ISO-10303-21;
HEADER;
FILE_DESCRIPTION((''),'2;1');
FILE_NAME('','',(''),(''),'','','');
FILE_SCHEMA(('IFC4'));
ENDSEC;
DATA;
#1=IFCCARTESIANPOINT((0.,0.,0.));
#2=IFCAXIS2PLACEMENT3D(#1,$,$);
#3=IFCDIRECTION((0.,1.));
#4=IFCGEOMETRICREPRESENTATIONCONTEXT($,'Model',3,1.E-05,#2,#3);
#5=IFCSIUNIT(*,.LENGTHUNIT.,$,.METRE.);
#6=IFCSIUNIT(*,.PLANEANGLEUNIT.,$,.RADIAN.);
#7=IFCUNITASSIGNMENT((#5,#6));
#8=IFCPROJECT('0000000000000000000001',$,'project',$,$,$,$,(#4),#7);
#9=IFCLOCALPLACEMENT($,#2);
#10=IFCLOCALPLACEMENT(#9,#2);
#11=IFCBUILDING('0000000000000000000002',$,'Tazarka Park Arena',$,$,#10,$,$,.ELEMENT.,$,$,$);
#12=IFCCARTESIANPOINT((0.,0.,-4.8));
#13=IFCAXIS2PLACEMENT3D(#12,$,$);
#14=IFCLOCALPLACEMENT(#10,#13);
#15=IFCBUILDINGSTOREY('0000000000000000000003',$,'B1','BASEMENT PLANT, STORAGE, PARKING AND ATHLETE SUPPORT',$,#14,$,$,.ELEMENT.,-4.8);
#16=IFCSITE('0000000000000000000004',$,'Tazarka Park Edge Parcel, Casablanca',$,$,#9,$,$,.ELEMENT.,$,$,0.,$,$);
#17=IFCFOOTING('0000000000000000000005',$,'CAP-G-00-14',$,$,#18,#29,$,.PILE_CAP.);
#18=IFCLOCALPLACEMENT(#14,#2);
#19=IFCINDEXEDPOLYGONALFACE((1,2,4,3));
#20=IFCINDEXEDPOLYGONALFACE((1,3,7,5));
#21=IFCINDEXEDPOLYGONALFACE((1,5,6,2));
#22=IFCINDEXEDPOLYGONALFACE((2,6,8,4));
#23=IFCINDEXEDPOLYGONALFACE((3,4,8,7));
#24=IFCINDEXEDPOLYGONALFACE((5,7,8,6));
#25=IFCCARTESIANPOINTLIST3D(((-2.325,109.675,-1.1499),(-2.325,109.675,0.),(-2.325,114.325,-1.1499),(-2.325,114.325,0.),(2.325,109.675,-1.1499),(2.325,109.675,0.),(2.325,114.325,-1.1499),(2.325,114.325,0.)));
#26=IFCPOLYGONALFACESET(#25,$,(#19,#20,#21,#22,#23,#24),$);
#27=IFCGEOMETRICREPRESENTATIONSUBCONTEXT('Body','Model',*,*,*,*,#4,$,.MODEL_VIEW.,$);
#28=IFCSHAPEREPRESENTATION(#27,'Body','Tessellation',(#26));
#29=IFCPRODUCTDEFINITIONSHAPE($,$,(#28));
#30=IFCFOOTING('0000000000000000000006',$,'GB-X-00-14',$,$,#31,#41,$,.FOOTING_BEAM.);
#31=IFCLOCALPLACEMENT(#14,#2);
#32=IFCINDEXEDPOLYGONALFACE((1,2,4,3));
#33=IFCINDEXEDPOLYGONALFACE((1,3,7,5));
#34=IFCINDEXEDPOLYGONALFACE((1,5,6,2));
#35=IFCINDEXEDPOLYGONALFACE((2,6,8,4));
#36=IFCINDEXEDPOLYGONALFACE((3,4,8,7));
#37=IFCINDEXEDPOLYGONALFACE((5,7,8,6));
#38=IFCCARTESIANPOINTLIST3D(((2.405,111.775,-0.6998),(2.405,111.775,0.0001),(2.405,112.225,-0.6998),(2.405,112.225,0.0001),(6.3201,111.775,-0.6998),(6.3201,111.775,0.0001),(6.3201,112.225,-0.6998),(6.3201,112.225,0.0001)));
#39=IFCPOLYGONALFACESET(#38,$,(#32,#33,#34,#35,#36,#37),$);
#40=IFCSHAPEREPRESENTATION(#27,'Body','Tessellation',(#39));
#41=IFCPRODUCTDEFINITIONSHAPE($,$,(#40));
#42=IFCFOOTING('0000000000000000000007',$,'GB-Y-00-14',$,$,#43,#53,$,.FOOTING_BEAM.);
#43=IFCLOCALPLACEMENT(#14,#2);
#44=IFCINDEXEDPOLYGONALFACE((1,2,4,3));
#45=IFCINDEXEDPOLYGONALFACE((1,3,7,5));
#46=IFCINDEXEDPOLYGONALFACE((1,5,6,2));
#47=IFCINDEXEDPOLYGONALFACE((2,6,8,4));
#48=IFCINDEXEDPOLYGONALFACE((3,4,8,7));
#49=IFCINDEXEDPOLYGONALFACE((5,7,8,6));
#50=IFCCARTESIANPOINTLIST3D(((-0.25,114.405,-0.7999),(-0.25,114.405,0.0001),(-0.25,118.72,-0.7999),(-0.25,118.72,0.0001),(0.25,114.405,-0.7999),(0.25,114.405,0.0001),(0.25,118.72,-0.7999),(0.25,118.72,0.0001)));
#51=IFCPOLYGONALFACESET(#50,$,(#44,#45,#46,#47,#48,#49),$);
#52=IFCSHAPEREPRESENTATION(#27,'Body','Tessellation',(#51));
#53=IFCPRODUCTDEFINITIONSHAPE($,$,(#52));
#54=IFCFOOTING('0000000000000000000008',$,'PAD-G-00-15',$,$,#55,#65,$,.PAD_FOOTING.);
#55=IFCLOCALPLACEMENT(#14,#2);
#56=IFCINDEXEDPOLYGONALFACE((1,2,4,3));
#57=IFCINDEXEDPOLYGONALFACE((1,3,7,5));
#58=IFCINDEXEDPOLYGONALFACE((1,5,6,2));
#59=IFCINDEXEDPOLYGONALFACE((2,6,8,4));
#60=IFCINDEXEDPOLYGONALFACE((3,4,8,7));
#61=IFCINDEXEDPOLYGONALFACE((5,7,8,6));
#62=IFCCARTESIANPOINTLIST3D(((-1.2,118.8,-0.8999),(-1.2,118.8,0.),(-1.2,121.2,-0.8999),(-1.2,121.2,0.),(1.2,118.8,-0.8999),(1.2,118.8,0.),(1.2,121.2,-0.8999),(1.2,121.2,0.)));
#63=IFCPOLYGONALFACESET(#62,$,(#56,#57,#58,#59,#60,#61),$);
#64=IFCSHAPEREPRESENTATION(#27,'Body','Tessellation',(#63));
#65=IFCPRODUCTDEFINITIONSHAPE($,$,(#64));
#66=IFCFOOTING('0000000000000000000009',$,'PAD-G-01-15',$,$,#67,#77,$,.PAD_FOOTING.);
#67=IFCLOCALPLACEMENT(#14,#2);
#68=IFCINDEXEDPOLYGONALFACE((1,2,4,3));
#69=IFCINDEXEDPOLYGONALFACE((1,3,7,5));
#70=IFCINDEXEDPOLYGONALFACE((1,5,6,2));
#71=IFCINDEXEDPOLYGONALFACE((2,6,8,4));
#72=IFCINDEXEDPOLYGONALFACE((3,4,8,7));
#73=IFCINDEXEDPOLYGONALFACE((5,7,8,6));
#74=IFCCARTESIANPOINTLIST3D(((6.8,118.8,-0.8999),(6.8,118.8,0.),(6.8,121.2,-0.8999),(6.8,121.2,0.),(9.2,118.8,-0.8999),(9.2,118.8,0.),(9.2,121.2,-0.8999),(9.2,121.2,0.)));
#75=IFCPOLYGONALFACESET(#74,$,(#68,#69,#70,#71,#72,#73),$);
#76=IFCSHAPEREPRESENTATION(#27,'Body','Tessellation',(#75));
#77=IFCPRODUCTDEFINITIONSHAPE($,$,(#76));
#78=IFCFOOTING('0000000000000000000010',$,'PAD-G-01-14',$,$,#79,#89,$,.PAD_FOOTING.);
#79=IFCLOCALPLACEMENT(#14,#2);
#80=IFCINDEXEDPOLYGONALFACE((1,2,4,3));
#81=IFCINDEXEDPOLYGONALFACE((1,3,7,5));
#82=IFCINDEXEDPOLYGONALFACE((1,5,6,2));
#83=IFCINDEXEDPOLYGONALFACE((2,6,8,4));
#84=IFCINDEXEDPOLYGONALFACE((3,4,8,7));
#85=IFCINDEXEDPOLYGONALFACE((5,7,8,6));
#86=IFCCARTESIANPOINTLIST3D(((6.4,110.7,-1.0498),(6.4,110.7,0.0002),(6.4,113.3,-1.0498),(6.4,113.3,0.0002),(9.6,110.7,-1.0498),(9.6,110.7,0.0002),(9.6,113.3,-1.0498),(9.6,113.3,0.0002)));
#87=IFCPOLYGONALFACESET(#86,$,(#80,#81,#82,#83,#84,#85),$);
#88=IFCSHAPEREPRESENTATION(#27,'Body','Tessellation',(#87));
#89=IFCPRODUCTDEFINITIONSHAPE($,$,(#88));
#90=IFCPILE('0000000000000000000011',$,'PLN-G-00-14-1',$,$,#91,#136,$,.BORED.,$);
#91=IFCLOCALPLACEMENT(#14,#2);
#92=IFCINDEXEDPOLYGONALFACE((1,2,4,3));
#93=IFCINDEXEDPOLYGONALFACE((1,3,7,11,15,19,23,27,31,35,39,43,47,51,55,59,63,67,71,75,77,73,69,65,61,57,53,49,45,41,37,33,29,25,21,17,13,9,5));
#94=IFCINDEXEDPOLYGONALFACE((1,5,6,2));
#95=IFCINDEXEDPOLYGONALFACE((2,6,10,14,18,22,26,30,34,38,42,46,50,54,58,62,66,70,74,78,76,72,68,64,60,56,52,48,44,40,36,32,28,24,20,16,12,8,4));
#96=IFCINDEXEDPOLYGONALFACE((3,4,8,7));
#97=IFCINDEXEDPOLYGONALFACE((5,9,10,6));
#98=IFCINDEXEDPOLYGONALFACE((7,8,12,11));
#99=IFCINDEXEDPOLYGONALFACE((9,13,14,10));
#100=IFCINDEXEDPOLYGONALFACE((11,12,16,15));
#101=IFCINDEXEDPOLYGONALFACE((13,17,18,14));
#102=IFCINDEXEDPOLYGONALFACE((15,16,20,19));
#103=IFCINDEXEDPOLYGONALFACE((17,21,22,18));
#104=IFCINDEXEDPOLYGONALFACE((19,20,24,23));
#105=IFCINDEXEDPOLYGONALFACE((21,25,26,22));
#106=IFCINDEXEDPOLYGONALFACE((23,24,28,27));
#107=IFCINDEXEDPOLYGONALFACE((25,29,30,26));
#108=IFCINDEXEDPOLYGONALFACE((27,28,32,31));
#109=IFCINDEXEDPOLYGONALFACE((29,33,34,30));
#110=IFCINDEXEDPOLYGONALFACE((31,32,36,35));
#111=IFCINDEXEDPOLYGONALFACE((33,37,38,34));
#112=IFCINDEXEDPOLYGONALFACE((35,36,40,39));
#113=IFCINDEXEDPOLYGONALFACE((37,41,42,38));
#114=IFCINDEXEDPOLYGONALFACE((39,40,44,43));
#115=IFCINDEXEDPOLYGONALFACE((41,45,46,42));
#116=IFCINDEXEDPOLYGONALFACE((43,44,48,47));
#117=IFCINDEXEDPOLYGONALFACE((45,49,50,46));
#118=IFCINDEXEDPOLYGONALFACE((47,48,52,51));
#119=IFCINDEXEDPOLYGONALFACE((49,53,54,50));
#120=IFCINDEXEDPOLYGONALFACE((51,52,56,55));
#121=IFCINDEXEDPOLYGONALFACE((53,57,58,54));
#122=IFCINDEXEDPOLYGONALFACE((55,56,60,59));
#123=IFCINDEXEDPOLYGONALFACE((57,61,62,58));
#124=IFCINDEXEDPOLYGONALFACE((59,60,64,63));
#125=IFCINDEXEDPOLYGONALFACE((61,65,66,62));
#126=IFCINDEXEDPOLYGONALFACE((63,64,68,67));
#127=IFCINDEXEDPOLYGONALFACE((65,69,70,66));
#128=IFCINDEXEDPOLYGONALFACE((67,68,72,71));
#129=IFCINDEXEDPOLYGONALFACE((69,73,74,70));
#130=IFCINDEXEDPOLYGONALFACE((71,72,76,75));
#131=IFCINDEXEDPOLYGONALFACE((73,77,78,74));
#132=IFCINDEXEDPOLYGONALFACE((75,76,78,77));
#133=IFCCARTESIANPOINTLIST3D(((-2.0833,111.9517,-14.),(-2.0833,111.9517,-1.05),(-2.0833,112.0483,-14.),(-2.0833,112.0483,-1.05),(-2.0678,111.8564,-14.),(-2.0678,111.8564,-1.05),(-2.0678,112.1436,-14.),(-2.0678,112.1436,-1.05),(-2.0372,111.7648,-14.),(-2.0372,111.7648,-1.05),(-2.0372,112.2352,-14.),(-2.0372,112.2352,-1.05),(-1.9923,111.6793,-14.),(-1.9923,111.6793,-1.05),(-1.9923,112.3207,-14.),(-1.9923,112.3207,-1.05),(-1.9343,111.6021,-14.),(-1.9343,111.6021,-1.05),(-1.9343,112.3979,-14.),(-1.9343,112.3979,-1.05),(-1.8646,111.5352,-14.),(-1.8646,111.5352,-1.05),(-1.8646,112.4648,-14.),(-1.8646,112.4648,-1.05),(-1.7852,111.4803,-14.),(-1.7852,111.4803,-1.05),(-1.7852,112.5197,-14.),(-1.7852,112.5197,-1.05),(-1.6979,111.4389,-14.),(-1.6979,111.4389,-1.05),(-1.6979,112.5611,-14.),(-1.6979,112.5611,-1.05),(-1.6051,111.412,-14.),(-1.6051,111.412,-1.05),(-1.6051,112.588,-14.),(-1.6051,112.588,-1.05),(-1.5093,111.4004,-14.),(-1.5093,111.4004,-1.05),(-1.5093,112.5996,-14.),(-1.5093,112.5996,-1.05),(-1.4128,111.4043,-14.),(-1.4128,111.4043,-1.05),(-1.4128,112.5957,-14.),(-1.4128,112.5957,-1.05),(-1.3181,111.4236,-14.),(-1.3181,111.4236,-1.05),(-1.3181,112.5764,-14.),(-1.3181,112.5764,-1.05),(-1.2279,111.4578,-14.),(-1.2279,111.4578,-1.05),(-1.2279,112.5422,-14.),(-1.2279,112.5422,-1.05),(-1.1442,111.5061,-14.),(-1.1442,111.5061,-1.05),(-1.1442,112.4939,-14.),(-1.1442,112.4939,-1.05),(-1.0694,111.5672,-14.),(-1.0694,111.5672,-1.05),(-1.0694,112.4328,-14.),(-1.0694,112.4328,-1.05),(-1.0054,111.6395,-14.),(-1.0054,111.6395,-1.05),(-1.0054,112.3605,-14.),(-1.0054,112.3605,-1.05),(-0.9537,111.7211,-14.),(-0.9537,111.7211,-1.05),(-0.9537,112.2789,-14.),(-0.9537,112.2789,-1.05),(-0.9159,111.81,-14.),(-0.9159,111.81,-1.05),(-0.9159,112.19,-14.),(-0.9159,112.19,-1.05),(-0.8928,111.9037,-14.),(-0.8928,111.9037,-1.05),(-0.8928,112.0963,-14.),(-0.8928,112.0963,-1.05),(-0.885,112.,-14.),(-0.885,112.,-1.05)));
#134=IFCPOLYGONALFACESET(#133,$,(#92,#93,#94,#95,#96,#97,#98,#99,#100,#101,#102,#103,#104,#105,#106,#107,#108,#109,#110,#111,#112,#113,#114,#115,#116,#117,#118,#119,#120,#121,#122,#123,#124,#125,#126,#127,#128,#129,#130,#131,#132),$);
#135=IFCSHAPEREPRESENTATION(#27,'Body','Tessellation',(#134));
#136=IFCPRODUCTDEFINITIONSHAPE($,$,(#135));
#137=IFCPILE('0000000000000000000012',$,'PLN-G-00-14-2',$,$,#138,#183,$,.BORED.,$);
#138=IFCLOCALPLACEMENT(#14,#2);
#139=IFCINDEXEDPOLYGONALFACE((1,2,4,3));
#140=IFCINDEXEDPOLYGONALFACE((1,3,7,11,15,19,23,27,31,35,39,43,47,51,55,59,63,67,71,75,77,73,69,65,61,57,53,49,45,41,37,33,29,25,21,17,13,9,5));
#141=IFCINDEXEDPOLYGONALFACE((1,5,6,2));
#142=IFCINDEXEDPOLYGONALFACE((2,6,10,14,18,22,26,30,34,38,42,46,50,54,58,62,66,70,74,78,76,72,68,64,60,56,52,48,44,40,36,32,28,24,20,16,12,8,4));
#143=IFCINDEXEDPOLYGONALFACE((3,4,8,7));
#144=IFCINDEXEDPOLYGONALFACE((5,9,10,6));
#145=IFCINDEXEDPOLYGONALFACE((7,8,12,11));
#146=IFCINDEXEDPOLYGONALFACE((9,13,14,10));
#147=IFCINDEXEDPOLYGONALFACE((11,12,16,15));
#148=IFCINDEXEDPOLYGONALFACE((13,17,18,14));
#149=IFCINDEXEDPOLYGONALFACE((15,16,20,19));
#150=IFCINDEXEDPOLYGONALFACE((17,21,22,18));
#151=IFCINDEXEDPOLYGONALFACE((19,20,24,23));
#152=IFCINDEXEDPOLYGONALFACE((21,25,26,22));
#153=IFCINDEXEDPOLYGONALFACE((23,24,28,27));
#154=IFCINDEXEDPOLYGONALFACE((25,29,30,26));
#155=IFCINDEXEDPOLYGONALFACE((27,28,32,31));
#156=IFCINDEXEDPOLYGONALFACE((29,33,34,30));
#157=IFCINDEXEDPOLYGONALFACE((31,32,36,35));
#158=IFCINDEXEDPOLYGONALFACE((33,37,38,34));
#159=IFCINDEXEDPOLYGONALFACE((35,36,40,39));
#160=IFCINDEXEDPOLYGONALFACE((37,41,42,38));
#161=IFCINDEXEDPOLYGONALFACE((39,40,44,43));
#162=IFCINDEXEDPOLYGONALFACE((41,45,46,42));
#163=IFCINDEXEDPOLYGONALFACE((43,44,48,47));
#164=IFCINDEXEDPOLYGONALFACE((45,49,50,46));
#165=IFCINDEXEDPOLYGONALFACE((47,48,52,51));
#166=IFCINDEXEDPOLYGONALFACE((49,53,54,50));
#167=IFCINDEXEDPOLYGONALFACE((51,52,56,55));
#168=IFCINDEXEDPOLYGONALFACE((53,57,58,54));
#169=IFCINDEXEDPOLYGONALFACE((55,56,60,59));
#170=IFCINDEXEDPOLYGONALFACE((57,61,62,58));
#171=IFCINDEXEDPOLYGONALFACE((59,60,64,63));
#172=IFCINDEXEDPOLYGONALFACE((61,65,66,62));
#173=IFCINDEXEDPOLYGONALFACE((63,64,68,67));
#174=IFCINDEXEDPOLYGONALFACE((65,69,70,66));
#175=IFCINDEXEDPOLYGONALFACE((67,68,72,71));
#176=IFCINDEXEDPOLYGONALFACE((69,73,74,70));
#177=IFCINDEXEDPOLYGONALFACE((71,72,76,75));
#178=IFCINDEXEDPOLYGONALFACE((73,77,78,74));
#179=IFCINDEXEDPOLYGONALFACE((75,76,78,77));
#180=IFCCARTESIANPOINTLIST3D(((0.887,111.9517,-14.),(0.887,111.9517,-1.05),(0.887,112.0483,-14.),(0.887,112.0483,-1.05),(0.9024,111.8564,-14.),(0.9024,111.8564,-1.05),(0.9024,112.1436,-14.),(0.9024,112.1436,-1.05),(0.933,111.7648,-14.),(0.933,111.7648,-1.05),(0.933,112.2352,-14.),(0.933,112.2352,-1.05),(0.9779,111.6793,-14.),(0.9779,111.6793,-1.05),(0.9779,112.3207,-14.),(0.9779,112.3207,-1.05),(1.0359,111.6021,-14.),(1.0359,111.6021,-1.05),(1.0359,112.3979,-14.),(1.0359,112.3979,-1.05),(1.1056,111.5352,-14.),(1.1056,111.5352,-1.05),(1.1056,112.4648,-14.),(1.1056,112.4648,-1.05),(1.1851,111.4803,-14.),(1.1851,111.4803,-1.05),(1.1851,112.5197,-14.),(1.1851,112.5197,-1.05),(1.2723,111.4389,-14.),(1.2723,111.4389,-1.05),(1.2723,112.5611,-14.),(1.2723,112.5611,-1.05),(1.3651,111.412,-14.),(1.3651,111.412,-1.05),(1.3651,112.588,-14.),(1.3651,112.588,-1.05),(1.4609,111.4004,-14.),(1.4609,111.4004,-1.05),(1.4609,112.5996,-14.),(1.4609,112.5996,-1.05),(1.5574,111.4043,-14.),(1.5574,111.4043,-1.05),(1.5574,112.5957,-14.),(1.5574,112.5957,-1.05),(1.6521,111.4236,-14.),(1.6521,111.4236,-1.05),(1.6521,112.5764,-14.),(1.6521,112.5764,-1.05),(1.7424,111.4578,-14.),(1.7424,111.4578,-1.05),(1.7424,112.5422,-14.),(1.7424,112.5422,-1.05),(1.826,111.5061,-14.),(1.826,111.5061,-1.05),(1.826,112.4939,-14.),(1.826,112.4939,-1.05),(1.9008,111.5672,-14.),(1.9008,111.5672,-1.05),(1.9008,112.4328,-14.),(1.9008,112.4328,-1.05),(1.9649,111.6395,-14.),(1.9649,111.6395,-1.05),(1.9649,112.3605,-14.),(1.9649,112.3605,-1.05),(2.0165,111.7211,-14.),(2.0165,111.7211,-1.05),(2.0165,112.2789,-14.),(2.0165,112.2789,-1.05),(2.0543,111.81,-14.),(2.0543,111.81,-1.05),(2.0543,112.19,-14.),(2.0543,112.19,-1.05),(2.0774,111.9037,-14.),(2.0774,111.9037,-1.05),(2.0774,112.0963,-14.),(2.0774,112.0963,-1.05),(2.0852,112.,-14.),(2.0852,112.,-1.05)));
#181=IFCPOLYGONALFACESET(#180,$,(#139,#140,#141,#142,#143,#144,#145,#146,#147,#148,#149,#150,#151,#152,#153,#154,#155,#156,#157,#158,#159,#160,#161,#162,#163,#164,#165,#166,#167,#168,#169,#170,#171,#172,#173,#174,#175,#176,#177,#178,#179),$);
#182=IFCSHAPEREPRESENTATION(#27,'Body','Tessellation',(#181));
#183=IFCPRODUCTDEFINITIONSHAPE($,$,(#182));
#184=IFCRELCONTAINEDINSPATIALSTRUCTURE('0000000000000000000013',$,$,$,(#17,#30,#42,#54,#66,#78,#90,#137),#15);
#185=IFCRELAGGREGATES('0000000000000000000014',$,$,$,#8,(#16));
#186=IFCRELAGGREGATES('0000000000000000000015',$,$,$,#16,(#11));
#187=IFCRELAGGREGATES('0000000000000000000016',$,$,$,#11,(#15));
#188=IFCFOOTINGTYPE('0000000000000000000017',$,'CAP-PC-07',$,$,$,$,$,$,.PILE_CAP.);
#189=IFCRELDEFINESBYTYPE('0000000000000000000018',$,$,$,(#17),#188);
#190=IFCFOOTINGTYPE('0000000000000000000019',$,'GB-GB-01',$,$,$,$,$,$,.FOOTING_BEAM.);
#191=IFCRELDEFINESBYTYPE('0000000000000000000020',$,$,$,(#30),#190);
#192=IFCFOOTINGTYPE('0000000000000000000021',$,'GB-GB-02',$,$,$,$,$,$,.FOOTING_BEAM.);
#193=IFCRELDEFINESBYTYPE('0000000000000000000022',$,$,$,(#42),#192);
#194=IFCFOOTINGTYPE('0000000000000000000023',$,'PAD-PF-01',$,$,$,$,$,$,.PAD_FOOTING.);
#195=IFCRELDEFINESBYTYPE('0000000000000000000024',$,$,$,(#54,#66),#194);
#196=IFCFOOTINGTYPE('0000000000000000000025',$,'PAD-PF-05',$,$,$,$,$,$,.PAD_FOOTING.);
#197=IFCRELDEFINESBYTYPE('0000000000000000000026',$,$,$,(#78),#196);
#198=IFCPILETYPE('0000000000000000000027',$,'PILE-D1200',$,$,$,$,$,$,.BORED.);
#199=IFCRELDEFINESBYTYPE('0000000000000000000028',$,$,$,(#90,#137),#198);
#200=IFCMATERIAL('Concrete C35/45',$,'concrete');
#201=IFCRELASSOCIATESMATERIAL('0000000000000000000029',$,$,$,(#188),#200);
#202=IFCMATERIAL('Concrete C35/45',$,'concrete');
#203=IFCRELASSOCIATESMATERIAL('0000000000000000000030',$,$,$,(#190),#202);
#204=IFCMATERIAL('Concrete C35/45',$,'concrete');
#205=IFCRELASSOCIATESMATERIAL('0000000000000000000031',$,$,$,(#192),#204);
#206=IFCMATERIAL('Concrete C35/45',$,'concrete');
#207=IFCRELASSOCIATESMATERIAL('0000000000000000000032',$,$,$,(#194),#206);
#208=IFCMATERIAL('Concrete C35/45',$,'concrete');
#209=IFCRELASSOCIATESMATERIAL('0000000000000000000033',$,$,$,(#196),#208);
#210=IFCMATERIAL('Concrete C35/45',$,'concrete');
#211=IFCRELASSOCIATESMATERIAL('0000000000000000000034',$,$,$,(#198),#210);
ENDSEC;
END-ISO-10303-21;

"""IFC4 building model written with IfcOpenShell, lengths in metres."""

from ifc_helpers import new_model, si_unit, direction, frame, origin, origin_2d, place, context, subcontext, project, spatial, rectangle, circle, extrude, material, material_profile, profile_set, type_object, element, save


model = new_model("IFC4")

# Units and contexts
model_context = context("Model", 3, precision=1e-05, world=origin(), true_north=direction((0.0, 1.0)))
body_context = subcontext(model_context, "Body", "Model", "MODEL_VIEW")
ifc_project = project(units=[si_unit("LENGTHUNIT", "METRE"), si_unit("PLANEANGLEUNIT", "RADIAN")], contexts=[model_context])

# Site, building, storey
site_placement = place(None, origin())
site = spatial("IfcSite", under=ifc_project, at=site_placement, Name="Tazarka Park Edge Parcel, Casablanca", CompositionType="ELEMENT", RefElevation=0.0)
building_placement = place(site_placement, origin())
building = spatial("IfcBuilding", under=site, at=building_placement, Name="Tazarka Park Arena", CompositionType="ELEMENT")
storey_placement = place(building_placement, frame((0.0, 0.0, -4.8)))
storey = spatial("IfcBuildingStorey", under=building, at=storey_placement, Name="B1", Description="BASEMENT PLANT, STORAGE, PARKING AND ATHLETE SUPPORT", CompositionType="ELEMENT", Elevation=-4.8)

# Footings
ifc_material_1 = material(Name="Concrete C35/45", Category="concrete")
footing_type_1 = type_object("IfcFootingType", Name="CAP-PC-07", PredefinedType="PILE_CAP", material=ifc_material_1)
footing_1_placement = place(storey_placement, frame((0.0, 112.0, -1.1499), z_axis=(0.0, 0.0, 1.0), x_axis=(1.0, 0.0, 0.0)))
element("IfcFooting", 1, at=footing_1_placement, inside=storey, type_object=footing_type_1, Name="CAP-G-00-14", PredefinedType="PILE_CAP", context=body_context, shape_type="SweptSolid", body=[
    extrude(rectangle(XDim=4.6499, YDim=4.6499, at=origin_2d()), origin(), (0.0, 0.0, 1.0), 1.1499),
])
ifc_material_2 = material(Name="Concrete C35/45", Category="concrete")
ifc_material_profile_1 = material_profile(ifc_material_2, rectangle(XDim=0.45, YDim=0.7, at=origin_2d()), Name="Concrete C35/45")
ifc_profile_set_1 = profile_set([ifc_material_profile_1], Name="Concrete C35/45")
footing_type_2 = type_object("IfcFootingType", Name="GB-GB-01", PredefinedType="FOOTING_BEAM", material=ifc_profile_set_1)
footing_2_placement = place(storey_placement, frame((2.405, 112.0, -0.3499), z_axis=(1.0, 0.0, 0.0), x_axis=(0.0, 1.0, 0.0)))
element("IfcFooting", 2, at=footing_2_placement, inside=storey, type_object=footing_type_2, Name="GB-X-00-14", PredefinedType="FOOTING_BEAM", context=body_context, shape_type="SweptSolid", body=[
    extrude(rectangle(XDim=0.45, YDim=0.7, at=origin_2d()), origin(), (0.0, 0.0, 1.0), 3.915),
])
ifc_material_3 = material(Name="Concrete C35/45", Category="concrete")
ifc_material_profile_2 = material_profile(ifc_material_3, rectangle(XDim=0.5, YDim=0.8, at=origin_2d()), Name="Concrete C35/45")
ifc_profile_set_2 = profile_set([ifc_material_profile_2], Name="Concrete C35/45")
footing_type_3 = type_object("IfcFootingType", Name="GB-GB-02", PredefinedType="FOOTING_BEAM", material=ifc_profile_set_2)
footing_3_placement = place(storey_placement, frame((0.0, 114.405, -0.3999), z_axis=(0.0, 1.0, 0.0), x_axis=(-1.0, 0.0, 0.0)))
element("IfcFooting", 3, at=footing_3_placement, inside=storey, type_object=footing_type_3, Name="GB-Y-00-14", PredefinedType="FOOTING_BEAM", context=body_context, shape_type="SweptSolid", body=[
    extrude(rectangle(XDim=0.5, YDim=0.8, at=origin_2d()), origin(), (0.0, 0.0, 1.0), 4.3149),
])
ifc_material_4 = material(Name="Concrete C35/45", Category="concrete")
footing_type_4 = type_object("IfcFootingType", Name="PAD-PF-01", PredefinedType="PAD_FOOTING", material=ifc_material_4)
for number, where, z_axis, x_axis, name in (
    (4, (0.0, 120.0, -0.8999), (0.0, 0.0, 1.0), (1.0, 0.0, 0.0), "PAD-G-00-15"),
    (5, (8.0, 120.0, -0.8999), (0.0, 0.0, 1.0), (1.0, 0.0, 0.0), "PAD-G-01-15"),
):
    element("IfcFooting", number, at=place(storey_placement, frame(where, z_axis=z_axis, x_axis=x_axis)), inside=storey, type_object=footing_type_4, Name=name, PredefinedType="PAD_FOOTING", context=body_context, shape_type="SweptSolid", body=[
        extrude(rectangle(XDim=2.3999, YDim=2.3999, at=origin_2d()), origin(), (0.0, 0.0, 1.0), 0.8999),
    ])
ifc_material_5 = material(Name="Concrete C35/45", Category="concrete")
footing_type_5 = type_object("IfcFootingType", Name="PAD-PF-05", PredefinedType="PAD_FOOTING", material=ifc_material_5)
footing_4_placement = place(storey_placement, frame((8.0, 112.0, -1.0498), z_axis=(0.0, 0.0, 1.0), x_axis=(1.0, 0.0, 0.0)))
element("IfcFooting", 6, at=footing_4_placement, inside=storey, type_object=footing_type_5, Name="PAD-G-01-14", PredefinedType="PAD_FOOTING", context=body_context, shape_type="SweptSolid", body=[
    extrude(rectangle(XDim=3.2, YDim=2.6001, at=origin_2d()), origin(), (0.0, 0.0, 1.0), 1.05),
])

# Piles
ifc_material_6 = material(Name="Concrete C35/45", Category="concrete")
ifc_material_profile_3 = material_profile(ifc_material_6, circle(Radius=0.6001, at=origin_2d()), Name="Concrete C35/45")
ifc_profile_set_3 = profile_set([ifc_material_profile_3], Name="Concrete C35/45")
pile_type = type_object("IfcPileType", Name="PILE-D1200", PredefinedType="BORED", material=ifc_profile_set_3)
for number, where, z_axis, x_axis, name in (
    (7, (-1.4851, 112.0, -1.05), (0.0, 0.0, -1.0), (1.0, 0.0, 0.0), "PLN-G-00-14-1"),
    (8, (1.4851, 112.0, -1.05), (0.0, 0.0, -1.0), (1.0, 0.0, 0.0), "PLN-G-00-14-2"),
):
    element("IfcPile", number, at=place(storey_placement, frame(where, z_axis=z_axis, x_axis=x_axis)), inside=storey, type_object=pile_type, Name=name, PredefinedType="BORED", context=body_context, shape_type="SweptSolid", body=[
        extrude(circle(Radius=0.6001, at=origin_2d()), origin(), (0.0, 0.0, 1.0), 12.95),
    ])

save(model, "model.ifc")
